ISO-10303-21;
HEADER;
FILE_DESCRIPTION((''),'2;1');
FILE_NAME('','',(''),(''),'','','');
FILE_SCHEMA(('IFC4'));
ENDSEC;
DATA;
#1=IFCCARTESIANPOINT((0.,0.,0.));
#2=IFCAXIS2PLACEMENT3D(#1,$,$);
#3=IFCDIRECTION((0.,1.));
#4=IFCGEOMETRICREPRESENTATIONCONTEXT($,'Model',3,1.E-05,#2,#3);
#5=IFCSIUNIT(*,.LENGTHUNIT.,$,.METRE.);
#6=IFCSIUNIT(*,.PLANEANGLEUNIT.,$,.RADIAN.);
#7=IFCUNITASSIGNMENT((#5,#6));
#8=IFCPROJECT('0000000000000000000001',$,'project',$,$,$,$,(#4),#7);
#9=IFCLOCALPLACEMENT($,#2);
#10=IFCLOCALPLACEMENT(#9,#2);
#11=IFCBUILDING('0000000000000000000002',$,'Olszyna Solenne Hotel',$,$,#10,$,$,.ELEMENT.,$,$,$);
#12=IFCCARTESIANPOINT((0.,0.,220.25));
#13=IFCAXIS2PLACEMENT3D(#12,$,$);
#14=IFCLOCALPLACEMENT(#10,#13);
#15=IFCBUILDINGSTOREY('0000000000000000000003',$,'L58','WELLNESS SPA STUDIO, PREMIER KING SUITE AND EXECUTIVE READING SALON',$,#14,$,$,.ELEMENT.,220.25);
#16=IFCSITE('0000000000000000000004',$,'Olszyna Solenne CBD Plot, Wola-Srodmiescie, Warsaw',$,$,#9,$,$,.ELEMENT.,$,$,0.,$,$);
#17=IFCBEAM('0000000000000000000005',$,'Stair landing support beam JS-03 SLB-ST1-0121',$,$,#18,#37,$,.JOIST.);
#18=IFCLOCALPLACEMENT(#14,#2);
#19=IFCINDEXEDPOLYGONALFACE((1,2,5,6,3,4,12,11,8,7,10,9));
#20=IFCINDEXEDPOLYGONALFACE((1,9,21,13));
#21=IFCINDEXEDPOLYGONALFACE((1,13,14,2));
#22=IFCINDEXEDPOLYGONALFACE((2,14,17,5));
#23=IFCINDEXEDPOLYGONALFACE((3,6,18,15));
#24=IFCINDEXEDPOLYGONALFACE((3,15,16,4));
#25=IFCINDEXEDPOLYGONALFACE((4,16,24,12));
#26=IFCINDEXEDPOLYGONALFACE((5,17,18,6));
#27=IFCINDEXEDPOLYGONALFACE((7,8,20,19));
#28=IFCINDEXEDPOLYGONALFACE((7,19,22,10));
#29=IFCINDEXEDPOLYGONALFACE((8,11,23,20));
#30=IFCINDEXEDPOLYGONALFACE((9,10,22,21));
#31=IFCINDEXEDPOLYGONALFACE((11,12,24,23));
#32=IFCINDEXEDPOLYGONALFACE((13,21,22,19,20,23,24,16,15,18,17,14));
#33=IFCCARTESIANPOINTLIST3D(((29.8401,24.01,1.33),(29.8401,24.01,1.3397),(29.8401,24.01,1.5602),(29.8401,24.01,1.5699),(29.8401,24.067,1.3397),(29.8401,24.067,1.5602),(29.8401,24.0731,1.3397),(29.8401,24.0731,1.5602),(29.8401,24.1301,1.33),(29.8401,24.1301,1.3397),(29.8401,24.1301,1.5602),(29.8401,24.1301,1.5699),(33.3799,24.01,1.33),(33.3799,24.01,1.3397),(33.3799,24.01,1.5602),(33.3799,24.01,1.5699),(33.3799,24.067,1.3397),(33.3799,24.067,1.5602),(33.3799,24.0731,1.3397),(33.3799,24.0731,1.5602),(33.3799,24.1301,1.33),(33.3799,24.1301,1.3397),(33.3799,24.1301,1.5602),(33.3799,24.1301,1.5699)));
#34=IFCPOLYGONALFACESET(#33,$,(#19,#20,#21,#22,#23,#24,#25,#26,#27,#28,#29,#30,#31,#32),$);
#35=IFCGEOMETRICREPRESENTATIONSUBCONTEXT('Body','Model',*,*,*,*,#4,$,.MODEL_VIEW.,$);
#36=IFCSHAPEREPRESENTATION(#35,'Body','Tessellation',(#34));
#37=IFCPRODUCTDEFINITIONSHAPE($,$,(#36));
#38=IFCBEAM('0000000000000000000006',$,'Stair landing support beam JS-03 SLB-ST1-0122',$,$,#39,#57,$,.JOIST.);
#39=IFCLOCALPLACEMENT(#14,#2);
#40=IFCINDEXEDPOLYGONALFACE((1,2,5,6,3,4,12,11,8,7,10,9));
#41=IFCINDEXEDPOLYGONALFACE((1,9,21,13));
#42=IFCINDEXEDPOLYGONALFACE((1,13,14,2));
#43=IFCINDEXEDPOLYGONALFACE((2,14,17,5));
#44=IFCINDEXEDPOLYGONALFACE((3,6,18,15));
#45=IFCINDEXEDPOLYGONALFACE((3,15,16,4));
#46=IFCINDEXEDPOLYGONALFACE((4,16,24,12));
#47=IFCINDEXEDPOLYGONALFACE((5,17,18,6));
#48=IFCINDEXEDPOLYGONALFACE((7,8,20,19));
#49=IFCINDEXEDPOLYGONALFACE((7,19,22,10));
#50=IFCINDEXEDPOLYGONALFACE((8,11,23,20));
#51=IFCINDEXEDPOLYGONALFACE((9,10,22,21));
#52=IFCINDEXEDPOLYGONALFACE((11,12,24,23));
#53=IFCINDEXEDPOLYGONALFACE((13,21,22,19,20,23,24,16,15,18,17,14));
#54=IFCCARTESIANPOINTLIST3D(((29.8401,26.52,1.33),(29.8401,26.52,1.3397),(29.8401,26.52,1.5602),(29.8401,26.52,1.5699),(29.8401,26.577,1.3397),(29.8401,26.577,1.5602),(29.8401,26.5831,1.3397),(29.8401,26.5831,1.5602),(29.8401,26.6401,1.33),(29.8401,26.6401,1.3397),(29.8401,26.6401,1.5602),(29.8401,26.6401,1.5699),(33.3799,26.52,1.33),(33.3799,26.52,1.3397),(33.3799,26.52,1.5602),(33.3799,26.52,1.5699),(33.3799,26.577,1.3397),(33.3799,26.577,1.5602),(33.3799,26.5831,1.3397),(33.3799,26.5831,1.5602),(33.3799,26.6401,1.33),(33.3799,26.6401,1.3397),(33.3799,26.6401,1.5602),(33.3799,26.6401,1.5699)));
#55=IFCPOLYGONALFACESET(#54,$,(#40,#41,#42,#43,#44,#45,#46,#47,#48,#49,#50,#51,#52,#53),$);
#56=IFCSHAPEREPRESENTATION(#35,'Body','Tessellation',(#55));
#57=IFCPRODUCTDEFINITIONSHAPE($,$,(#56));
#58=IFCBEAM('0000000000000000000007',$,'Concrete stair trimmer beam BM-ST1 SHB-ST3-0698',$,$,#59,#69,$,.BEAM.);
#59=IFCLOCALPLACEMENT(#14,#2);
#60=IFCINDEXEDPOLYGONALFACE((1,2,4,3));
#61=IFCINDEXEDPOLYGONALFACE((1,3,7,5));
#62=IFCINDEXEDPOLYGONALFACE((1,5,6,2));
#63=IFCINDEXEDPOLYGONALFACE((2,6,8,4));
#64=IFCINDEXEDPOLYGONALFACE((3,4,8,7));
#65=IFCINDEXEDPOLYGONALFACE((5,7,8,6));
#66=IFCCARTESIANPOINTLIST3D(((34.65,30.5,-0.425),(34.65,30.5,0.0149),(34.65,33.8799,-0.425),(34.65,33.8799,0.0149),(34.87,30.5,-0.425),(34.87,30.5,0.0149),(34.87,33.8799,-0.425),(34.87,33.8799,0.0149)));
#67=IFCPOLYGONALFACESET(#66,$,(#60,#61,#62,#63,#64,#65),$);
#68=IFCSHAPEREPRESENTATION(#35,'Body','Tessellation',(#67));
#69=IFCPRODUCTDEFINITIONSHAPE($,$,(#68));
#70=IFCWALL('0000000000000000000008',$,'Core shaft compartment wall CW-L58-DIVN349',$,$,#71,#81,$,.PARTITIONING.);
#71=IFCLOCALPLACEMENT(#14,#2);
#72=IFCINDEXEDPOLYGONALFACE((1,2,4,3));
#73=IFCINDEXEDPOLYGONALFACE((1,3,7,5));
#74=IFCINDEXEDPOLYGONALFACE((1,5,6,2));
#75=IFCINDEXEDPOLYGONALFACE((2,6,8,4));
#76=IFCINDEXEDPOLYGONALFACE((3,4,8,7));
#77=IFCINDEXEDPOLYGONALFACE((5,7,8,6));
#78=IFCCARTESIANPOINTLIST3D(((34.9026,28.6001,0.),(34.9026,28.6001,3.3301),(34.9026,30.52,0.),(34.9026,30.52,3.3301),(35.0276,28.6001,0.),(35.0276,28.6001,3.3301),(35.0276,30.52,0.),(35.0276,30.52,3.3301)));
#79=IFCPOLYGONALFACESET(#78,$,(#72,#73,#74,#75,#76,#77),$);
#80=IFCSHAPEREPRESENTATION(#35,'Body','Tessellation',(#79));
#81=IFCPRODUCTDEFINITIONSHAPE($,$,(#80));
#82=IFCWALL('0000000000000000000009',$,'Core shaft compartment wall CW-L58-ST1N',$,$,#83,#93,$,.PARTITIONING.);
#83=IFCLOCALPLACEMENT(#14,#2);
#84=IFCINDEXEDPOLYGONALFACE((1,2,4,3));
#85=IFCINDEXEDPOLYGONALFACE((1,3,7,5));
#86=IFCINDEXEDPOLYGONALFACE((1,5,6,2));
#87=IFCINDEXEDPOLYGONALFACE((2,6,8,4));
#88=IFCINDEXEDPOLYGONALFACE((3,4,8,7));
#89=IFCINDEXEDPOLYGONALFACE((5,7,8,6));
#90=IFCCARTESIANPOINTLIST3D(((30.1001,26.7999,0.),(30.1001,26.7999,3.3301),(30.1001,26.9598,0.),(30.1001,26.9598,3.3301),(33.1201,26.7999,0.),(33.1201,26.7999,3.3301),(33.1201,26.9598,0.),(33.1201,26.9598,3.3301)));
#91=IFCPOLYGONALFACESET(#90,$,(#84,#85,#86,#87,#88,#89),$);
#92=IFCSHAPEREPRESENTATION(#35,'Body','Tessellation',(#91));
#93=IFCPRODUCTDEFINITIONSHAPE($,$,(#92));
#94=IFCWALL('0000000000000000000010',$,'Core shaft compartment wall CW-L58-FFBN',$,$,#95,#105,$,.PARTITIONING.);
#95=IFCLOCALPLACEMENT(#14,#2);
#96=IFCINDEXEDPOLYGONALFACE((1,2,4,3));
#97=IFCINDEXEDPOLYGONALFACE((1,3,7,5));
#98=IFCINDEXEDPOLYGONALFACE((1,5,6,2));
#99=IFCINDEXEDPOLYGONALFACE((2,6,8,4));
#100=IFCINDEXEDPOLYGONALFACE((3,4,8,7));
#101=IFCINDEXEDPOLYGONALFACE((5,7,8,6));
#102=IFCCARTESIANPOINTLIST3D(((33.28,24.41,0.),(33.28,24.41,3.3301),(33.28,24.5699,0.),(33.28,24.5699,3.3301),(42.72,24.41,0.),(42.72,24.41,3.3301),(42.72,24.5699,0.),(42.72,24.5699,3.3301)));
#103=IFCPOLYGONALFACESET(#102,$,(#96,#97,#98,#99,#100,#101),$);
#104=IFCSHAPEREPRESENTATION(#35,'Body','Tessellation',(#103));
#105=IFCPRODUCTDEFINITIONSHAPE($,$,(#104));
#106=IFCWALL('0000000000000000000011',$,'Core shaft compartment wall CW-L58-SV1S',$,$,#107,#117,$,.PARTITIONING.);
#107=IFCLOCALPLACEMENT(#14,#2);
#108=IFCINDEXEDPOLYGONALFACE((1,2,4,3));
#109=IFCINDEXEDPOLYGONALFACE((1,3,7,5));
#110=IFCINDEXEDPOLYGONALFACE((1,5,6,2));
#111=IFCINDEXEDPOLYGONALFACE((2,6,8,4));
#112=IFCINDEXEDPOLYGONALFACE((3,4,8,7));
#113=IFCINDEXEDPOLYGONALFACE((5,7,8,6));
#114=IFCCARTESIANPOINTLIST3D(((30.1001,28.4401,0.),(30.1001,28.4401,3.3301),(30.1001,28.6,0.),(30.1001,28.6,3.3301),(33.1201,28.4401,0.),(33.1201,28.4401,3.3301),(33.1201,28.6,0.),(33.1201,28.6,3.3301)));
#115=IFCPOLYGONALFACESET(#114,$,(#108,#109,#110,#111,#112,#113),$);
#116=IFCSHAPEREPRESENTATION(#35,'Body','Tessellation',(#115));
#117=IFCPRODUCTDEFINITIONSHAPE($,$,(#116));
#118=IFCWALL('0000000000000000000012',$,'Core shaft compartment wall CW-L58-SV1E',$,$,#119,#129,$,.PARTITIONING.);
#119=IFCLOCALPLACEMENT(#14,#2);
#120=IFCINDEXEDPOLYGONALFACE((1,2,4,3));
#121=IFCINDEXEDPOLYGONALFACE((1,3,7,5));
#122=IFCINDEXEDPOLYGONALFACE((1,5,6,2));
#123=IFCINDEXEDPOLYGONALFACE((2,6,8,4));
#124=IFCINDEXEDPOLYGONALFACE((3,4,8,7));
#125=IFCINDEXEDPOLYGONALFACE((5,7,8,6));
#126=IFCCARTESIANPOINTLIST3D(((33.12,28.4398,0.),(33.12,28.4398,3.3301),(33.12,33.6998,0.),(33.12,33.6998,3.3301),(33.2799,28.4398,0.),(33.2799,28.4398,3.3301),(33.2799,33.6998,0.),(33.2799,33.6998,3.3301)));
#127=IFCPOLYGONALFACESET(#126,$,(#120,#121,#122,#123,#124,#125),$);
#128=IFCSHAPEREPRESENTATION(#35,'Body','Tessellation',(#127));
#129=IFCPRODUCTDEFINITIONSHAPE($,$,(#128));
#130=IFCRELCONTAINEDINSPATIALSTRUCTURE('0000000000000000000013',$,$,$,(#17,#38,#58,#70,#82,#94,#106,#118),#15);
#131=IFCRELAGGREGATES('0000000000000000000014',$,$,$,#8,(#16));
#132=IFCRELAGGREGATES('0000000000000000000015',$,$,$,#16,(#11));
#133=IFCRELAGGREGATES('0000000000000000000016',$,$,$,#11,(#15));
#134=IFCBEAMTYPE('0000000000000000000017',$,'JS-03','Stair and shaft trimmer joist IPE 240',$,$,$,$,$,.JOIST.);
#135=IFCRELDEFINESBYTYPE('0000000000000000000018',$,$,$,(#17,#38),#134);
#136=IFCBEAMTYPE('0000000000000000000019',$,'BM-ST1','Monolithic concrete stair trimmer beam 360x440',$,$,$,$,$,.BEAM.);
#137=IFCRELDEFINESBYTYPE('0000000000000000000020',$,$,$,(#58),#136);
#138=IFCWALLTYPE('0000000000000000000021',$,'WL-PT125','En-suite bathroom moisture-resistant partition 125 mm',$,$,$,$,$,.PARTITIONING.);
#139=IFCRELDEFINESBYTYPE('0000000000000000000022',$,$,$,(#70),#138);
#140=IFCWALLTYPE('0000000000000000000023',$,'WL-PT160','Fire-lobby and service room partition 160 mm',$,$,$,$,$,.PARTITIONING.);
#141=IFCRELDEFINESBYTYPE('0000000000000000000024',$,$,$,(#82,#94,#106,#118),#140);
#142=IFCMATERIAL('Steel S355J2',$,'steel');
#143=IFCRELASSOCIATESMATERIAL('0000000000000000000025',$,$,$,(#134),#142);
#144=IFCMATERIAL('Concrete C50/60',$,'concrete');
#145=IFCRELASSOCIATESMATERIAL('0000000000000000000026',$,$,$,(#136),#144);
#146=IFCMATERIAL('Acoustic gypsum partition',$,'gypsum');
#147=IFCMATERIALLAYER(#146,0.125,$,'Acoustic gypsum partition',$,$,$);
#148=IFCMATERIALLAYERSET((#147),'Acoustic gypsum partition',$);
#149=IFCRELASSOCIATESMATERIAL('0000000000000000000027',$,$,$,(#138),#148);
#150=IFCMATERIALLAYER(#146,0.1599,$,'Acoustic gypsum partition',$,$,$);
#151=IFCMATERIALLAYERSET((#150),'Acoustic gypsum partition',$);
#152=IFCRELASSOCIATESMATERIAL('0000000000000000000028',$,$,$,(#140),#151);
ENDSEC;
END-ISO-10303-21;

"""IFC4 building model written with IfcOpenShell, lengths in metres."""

from ifc_helpers import new_model, si_unit, direction, frame, frame_2d, origin, origin_2d, place, context, subcontext, project, spatial, rectangle, i_section, extrude, source, transform, mapped, material, layer, layer_set, material_profile, profile_set, type_object, element, save


model = new_model("IFC4")

# Units and contexts
model_context = context("Model", 3, precision=1e-05, world=origin(), true_north=direction((0.0, 1.0)))
body_context = subcontext(model_context, "Body", "Model", "MODEL_VIEW")
ifc_project = project(units=[si_unit("LENGTHUNIT", "METRE"), si_unit("PLANEANGLEUNIT", "RADIAN")], contexts=[model_context])

# Site, building, storey
site_placement = place(None, origin())
site = spatial("IfcSite", under=ifc_project, at=site_placement, Name="Olszyna Solenne CBD Plot, Wola-Srodmiescie, Warsaw", CompositionType="ELEMENT", RefElevation=0.0)
building_placement = place(site_placement, origin())
building = spatial("IfcBuilding", under=site, at=building_placement, Name="Olszyna Solenne Hotel", CompositionType="ELEMENT")
storey_placement = place(building_placement, frame((0.0, 0.0, 220.25)))
storey = spatial("IfcBuildingStorey", under=building, at=storey_placement, Name="L58", Description="WELLNESS SPA STUDIO, PREMIER KING SUITE AND EXECUTIVE READING SALON", CompositionType="ELEMENT", Elevation=220.25)

# Beams
ifc_material_1 = material(Name="Steel S355J2", Category="steel")
ifc_material_profile_1 = material_profile(ifc_material_1, i_section(OverallWidth=0.1201, OverallDepth=0.24, WebThickness=0.0061, FlangeThickness=0.0098, at=origin_2d()), Name="IPE 240", Category="load-bearing")
ifc_profile_set_1 = profile_set([ifc_material_profile_1], Name="Steel S355J2")
beam_type_1 = type_object("IfcBeamType", Name="JS-03", Description="Stair and shaft trimmer joist IPE 240", PredefinedType="JOIST", material=ifc_profile_set_1)
shared_shape_1 = source(origin(), body_context, "Body", "SweptSolid", [
    extrude(i_section(OverallWidth=0.1201, OverallDepth=0.24, WebThickness=0.0061, FlangeThickness=0.0098, at=origin_2d()), origin(), (0.0, 0.0, 1.0), 3.5398),
])
for number, where, z_axis, x_axis, name in (
    (1, (33.3799, 24.0701, 1.45), (-1.0, 0.0, 0.0), (0.0, -1.0, 0.0), "Stair landing support beam JS-03 SLB-ST1-0121"),
    (2, (33.3799, 26.5801, 1.45), (-1.0, 0.0, 0.0), (0.0, -1.0, 0.0), "Stair landing support beam JS-03 SLB-ST1-0122"),
):
    element("IfcBeam", number, at=place(storey_placement, frame(where, z_axis=z_axis, x_axis=x_axis)), inside=storey, type_object=beam_type_1, Name=name, PredefinedType="JOIST", context=body_context, shape_type="MappedRepresentation", body=[
        mapped(shared_shape_1, transform((0.0, 0.0, 0.0), x_axis=(1.0, 0.0, 0.0), y_axis=(0.0, 1.0, 0.0), z_axis=(0.0, 0.0, 1.0), scale=1.0)),
    ])
ifc_material_2 = material(Name="Concrete C50/60", Category="concrete")
ifc_material_profile_2 = material_profile(ifc_material_2, rectangle(XDim=0.22, YDim=0.4399, at=origin_2d()), Name="RC 220x440", Category="load-bearing")
ifc_profile_set_2 = profile_set([ifc_material_profile_2], Name="Concrete C50/60")
beam_type_2 = type_object("IfcBeamType", Name="BM-ST1", Description="Monolithic concrete stair trimmer beam 360x440", PredefinedType="BEAM", material=ifc_profile_set_2)
shared_shape_2 = source(origin(), body_context, "Body", "SweptSolid", [
    extrude(rectangle(XDim=0.22, YDim=0.4399, at=origin_2d()), origin(), (0.0, 0.0, 1.0), 3.3799),
])
beam_placement = place(storey_placement, frame((34.76, 30.5, -0.2051), z_axis=(0.0, 1.0, 0.0), x_axis=(-1.0, 0.0, 0.0)))
element("IfcBeam", 3, at=beam_placement, inside=storey, type_object=beam_type_2, Name="Concrete stair trimmer beam BM-ST1 SHB-ST3-0698", PredefinedType="BEAM", context=body_context, shape_type="MappedRepresentation", body=[
    mapped(shared_shape_2, transform((0.0, 0.0, 0.0), x_axis=(1.0, 0.0, 0.0), y_axis=(0.0, 1.0, 0.0), z_axis=(0.0, 0.0, 1.0), scale=1.0)),
])

# Walls
ifc_material_3 = material(Name="Acoustic gypsum partition", Category="gypsum")
ifc_layer_1 = layer(ifc_material_3, 0.125, Name="Acoustic gypsum partition")
ifc_layer_set_1 = layer_set([ifc_layer_1], Name="Acoustic gypsum partition")
wall_type_1 = type_object("IfcWallType", Name="WL-PT125", Description="En-suite bathroom moisture-resistant partition 125 mm", PredefinedType="PARTITIONING", material=ifc_layer_set_1)
wall_1_placement = place(storey_placement, frame((34.9651, 28.6001, 0.0), z_axis=(0.0, 0.0, 1.0), x_axis=(0.0, 1.0, 0.0)))
element("IfcWall", 4, at=wall_1_placement, inside=storey, type_object=wall_type_1, Name="Core shaft compartment wall CW-L58-DIVN349", PredefinedType="PARTITIONING", context=body_context, shape_type="SweptSolid", body=[
    extrude(rectangle(XDim=1.9199, YDim=0.125, at=frame_2d((0.96, 0.0))), origin(), (0.0, 0.0, 1.0), 3.3301),
])
ifc_layer_2 = layer(ifc_material_3, 0.1599, Name="Acoustic gypsum partition")
ifc_layer_set_2 = layer_set([ifc_layer_2], Name="Acoustic gypsum partition")
wall_type_2 = type_object("IfcWallType", Name="WL-PT160", Description="Fire-lobby and service room partition 160 mm", PredefinedType="PARTITIONING", material=ifc_layer_set_2)
wall_2_placement = place(storey_placement, frame((30.1001, 26.8799, 0.0), z_axis=(0.0, 0.0, 1.0), x_axis=(1.0, 0.0, 0.0)))
element("IfcWall", 5, at=wall_2_placement, inside=storey, type_object=wall_type_2, Name="Core shaft compartment wall CW-L58-ST1N", PredefinedType="PARTITIONING", context=body_context, shape_type="SweptSolid", body=[
    extrude(rectangle(XDim=3.02, YDim=0.1599, at=frame_2d((1.51, 0.0))), origin(), (0.0, 0.0, 1.0), 3.3301),
])
wall_3_placement = place(storey_placement, frame((33.28, 24.49, 0.0), z_axis=(0.0, 0.0, 1.0), x_axis=(1.0, 0.0, 0.0)))
element("IfcWall", 6, at=wall_3_placement, inside=storey, type_object=wall_type_2, Name="Core shaft compartment wall CW-L58-FFBN", PredefinedType="PARTITIONING", context=body_context, shape_type="SweptSolid", body=[
    extrude(rectangle(XDim=9.4399, YDim=0.1599, at=frame_2d((4.72, 0.0))), origin(), (0.0, 0.0, 1.0), 3.3301),
])
wall_4_placement = place(storey_placement, frame((30.1001, 28.52, 0.0), z_axis=(0.0, 0.0, 1.0), x_axis=(1.0, 0.0, 0.0)))
element("IfcWall", 7, at=wall_4_placement, inside=storey, type_object=wall_type_2, Name="Core shaft compartment wall CW-L58-SV1S", PredefinedType="PARTITIONING", context=body_context, shape_type="SweptSolid", body=[
    extrude(rectangle(XDim=3.02, YDim=0.1599, at=frame_2d((1.51, 0.0))), origin(), (0.0, 0.0, 1.0), 3.3301),
])
wall_5_placement = place(storey_placement, frame((33.2, 28.4399, 0.0), z_axis=(0.0, 0.0, 1.0), x_axis=(0.0, 1.0, 0.0)))
element("IfcWall", 8, at=wall_5_placement, inside=storey, type_object=wall_type_2, Name="Core shaft compartment wall CW-L58-SV1E", PredefinedType="PARTITIONING", context=body_context, shape_type="SweptSolid", body=[
    extrude(rectangle(XDim=5.26, YDim=0.1599, at=frame_2d((2.6299, 0.0))), origin(), (0.0, 0.0, 1.0), 3.3301),
])

save(model, "model.ifc")
